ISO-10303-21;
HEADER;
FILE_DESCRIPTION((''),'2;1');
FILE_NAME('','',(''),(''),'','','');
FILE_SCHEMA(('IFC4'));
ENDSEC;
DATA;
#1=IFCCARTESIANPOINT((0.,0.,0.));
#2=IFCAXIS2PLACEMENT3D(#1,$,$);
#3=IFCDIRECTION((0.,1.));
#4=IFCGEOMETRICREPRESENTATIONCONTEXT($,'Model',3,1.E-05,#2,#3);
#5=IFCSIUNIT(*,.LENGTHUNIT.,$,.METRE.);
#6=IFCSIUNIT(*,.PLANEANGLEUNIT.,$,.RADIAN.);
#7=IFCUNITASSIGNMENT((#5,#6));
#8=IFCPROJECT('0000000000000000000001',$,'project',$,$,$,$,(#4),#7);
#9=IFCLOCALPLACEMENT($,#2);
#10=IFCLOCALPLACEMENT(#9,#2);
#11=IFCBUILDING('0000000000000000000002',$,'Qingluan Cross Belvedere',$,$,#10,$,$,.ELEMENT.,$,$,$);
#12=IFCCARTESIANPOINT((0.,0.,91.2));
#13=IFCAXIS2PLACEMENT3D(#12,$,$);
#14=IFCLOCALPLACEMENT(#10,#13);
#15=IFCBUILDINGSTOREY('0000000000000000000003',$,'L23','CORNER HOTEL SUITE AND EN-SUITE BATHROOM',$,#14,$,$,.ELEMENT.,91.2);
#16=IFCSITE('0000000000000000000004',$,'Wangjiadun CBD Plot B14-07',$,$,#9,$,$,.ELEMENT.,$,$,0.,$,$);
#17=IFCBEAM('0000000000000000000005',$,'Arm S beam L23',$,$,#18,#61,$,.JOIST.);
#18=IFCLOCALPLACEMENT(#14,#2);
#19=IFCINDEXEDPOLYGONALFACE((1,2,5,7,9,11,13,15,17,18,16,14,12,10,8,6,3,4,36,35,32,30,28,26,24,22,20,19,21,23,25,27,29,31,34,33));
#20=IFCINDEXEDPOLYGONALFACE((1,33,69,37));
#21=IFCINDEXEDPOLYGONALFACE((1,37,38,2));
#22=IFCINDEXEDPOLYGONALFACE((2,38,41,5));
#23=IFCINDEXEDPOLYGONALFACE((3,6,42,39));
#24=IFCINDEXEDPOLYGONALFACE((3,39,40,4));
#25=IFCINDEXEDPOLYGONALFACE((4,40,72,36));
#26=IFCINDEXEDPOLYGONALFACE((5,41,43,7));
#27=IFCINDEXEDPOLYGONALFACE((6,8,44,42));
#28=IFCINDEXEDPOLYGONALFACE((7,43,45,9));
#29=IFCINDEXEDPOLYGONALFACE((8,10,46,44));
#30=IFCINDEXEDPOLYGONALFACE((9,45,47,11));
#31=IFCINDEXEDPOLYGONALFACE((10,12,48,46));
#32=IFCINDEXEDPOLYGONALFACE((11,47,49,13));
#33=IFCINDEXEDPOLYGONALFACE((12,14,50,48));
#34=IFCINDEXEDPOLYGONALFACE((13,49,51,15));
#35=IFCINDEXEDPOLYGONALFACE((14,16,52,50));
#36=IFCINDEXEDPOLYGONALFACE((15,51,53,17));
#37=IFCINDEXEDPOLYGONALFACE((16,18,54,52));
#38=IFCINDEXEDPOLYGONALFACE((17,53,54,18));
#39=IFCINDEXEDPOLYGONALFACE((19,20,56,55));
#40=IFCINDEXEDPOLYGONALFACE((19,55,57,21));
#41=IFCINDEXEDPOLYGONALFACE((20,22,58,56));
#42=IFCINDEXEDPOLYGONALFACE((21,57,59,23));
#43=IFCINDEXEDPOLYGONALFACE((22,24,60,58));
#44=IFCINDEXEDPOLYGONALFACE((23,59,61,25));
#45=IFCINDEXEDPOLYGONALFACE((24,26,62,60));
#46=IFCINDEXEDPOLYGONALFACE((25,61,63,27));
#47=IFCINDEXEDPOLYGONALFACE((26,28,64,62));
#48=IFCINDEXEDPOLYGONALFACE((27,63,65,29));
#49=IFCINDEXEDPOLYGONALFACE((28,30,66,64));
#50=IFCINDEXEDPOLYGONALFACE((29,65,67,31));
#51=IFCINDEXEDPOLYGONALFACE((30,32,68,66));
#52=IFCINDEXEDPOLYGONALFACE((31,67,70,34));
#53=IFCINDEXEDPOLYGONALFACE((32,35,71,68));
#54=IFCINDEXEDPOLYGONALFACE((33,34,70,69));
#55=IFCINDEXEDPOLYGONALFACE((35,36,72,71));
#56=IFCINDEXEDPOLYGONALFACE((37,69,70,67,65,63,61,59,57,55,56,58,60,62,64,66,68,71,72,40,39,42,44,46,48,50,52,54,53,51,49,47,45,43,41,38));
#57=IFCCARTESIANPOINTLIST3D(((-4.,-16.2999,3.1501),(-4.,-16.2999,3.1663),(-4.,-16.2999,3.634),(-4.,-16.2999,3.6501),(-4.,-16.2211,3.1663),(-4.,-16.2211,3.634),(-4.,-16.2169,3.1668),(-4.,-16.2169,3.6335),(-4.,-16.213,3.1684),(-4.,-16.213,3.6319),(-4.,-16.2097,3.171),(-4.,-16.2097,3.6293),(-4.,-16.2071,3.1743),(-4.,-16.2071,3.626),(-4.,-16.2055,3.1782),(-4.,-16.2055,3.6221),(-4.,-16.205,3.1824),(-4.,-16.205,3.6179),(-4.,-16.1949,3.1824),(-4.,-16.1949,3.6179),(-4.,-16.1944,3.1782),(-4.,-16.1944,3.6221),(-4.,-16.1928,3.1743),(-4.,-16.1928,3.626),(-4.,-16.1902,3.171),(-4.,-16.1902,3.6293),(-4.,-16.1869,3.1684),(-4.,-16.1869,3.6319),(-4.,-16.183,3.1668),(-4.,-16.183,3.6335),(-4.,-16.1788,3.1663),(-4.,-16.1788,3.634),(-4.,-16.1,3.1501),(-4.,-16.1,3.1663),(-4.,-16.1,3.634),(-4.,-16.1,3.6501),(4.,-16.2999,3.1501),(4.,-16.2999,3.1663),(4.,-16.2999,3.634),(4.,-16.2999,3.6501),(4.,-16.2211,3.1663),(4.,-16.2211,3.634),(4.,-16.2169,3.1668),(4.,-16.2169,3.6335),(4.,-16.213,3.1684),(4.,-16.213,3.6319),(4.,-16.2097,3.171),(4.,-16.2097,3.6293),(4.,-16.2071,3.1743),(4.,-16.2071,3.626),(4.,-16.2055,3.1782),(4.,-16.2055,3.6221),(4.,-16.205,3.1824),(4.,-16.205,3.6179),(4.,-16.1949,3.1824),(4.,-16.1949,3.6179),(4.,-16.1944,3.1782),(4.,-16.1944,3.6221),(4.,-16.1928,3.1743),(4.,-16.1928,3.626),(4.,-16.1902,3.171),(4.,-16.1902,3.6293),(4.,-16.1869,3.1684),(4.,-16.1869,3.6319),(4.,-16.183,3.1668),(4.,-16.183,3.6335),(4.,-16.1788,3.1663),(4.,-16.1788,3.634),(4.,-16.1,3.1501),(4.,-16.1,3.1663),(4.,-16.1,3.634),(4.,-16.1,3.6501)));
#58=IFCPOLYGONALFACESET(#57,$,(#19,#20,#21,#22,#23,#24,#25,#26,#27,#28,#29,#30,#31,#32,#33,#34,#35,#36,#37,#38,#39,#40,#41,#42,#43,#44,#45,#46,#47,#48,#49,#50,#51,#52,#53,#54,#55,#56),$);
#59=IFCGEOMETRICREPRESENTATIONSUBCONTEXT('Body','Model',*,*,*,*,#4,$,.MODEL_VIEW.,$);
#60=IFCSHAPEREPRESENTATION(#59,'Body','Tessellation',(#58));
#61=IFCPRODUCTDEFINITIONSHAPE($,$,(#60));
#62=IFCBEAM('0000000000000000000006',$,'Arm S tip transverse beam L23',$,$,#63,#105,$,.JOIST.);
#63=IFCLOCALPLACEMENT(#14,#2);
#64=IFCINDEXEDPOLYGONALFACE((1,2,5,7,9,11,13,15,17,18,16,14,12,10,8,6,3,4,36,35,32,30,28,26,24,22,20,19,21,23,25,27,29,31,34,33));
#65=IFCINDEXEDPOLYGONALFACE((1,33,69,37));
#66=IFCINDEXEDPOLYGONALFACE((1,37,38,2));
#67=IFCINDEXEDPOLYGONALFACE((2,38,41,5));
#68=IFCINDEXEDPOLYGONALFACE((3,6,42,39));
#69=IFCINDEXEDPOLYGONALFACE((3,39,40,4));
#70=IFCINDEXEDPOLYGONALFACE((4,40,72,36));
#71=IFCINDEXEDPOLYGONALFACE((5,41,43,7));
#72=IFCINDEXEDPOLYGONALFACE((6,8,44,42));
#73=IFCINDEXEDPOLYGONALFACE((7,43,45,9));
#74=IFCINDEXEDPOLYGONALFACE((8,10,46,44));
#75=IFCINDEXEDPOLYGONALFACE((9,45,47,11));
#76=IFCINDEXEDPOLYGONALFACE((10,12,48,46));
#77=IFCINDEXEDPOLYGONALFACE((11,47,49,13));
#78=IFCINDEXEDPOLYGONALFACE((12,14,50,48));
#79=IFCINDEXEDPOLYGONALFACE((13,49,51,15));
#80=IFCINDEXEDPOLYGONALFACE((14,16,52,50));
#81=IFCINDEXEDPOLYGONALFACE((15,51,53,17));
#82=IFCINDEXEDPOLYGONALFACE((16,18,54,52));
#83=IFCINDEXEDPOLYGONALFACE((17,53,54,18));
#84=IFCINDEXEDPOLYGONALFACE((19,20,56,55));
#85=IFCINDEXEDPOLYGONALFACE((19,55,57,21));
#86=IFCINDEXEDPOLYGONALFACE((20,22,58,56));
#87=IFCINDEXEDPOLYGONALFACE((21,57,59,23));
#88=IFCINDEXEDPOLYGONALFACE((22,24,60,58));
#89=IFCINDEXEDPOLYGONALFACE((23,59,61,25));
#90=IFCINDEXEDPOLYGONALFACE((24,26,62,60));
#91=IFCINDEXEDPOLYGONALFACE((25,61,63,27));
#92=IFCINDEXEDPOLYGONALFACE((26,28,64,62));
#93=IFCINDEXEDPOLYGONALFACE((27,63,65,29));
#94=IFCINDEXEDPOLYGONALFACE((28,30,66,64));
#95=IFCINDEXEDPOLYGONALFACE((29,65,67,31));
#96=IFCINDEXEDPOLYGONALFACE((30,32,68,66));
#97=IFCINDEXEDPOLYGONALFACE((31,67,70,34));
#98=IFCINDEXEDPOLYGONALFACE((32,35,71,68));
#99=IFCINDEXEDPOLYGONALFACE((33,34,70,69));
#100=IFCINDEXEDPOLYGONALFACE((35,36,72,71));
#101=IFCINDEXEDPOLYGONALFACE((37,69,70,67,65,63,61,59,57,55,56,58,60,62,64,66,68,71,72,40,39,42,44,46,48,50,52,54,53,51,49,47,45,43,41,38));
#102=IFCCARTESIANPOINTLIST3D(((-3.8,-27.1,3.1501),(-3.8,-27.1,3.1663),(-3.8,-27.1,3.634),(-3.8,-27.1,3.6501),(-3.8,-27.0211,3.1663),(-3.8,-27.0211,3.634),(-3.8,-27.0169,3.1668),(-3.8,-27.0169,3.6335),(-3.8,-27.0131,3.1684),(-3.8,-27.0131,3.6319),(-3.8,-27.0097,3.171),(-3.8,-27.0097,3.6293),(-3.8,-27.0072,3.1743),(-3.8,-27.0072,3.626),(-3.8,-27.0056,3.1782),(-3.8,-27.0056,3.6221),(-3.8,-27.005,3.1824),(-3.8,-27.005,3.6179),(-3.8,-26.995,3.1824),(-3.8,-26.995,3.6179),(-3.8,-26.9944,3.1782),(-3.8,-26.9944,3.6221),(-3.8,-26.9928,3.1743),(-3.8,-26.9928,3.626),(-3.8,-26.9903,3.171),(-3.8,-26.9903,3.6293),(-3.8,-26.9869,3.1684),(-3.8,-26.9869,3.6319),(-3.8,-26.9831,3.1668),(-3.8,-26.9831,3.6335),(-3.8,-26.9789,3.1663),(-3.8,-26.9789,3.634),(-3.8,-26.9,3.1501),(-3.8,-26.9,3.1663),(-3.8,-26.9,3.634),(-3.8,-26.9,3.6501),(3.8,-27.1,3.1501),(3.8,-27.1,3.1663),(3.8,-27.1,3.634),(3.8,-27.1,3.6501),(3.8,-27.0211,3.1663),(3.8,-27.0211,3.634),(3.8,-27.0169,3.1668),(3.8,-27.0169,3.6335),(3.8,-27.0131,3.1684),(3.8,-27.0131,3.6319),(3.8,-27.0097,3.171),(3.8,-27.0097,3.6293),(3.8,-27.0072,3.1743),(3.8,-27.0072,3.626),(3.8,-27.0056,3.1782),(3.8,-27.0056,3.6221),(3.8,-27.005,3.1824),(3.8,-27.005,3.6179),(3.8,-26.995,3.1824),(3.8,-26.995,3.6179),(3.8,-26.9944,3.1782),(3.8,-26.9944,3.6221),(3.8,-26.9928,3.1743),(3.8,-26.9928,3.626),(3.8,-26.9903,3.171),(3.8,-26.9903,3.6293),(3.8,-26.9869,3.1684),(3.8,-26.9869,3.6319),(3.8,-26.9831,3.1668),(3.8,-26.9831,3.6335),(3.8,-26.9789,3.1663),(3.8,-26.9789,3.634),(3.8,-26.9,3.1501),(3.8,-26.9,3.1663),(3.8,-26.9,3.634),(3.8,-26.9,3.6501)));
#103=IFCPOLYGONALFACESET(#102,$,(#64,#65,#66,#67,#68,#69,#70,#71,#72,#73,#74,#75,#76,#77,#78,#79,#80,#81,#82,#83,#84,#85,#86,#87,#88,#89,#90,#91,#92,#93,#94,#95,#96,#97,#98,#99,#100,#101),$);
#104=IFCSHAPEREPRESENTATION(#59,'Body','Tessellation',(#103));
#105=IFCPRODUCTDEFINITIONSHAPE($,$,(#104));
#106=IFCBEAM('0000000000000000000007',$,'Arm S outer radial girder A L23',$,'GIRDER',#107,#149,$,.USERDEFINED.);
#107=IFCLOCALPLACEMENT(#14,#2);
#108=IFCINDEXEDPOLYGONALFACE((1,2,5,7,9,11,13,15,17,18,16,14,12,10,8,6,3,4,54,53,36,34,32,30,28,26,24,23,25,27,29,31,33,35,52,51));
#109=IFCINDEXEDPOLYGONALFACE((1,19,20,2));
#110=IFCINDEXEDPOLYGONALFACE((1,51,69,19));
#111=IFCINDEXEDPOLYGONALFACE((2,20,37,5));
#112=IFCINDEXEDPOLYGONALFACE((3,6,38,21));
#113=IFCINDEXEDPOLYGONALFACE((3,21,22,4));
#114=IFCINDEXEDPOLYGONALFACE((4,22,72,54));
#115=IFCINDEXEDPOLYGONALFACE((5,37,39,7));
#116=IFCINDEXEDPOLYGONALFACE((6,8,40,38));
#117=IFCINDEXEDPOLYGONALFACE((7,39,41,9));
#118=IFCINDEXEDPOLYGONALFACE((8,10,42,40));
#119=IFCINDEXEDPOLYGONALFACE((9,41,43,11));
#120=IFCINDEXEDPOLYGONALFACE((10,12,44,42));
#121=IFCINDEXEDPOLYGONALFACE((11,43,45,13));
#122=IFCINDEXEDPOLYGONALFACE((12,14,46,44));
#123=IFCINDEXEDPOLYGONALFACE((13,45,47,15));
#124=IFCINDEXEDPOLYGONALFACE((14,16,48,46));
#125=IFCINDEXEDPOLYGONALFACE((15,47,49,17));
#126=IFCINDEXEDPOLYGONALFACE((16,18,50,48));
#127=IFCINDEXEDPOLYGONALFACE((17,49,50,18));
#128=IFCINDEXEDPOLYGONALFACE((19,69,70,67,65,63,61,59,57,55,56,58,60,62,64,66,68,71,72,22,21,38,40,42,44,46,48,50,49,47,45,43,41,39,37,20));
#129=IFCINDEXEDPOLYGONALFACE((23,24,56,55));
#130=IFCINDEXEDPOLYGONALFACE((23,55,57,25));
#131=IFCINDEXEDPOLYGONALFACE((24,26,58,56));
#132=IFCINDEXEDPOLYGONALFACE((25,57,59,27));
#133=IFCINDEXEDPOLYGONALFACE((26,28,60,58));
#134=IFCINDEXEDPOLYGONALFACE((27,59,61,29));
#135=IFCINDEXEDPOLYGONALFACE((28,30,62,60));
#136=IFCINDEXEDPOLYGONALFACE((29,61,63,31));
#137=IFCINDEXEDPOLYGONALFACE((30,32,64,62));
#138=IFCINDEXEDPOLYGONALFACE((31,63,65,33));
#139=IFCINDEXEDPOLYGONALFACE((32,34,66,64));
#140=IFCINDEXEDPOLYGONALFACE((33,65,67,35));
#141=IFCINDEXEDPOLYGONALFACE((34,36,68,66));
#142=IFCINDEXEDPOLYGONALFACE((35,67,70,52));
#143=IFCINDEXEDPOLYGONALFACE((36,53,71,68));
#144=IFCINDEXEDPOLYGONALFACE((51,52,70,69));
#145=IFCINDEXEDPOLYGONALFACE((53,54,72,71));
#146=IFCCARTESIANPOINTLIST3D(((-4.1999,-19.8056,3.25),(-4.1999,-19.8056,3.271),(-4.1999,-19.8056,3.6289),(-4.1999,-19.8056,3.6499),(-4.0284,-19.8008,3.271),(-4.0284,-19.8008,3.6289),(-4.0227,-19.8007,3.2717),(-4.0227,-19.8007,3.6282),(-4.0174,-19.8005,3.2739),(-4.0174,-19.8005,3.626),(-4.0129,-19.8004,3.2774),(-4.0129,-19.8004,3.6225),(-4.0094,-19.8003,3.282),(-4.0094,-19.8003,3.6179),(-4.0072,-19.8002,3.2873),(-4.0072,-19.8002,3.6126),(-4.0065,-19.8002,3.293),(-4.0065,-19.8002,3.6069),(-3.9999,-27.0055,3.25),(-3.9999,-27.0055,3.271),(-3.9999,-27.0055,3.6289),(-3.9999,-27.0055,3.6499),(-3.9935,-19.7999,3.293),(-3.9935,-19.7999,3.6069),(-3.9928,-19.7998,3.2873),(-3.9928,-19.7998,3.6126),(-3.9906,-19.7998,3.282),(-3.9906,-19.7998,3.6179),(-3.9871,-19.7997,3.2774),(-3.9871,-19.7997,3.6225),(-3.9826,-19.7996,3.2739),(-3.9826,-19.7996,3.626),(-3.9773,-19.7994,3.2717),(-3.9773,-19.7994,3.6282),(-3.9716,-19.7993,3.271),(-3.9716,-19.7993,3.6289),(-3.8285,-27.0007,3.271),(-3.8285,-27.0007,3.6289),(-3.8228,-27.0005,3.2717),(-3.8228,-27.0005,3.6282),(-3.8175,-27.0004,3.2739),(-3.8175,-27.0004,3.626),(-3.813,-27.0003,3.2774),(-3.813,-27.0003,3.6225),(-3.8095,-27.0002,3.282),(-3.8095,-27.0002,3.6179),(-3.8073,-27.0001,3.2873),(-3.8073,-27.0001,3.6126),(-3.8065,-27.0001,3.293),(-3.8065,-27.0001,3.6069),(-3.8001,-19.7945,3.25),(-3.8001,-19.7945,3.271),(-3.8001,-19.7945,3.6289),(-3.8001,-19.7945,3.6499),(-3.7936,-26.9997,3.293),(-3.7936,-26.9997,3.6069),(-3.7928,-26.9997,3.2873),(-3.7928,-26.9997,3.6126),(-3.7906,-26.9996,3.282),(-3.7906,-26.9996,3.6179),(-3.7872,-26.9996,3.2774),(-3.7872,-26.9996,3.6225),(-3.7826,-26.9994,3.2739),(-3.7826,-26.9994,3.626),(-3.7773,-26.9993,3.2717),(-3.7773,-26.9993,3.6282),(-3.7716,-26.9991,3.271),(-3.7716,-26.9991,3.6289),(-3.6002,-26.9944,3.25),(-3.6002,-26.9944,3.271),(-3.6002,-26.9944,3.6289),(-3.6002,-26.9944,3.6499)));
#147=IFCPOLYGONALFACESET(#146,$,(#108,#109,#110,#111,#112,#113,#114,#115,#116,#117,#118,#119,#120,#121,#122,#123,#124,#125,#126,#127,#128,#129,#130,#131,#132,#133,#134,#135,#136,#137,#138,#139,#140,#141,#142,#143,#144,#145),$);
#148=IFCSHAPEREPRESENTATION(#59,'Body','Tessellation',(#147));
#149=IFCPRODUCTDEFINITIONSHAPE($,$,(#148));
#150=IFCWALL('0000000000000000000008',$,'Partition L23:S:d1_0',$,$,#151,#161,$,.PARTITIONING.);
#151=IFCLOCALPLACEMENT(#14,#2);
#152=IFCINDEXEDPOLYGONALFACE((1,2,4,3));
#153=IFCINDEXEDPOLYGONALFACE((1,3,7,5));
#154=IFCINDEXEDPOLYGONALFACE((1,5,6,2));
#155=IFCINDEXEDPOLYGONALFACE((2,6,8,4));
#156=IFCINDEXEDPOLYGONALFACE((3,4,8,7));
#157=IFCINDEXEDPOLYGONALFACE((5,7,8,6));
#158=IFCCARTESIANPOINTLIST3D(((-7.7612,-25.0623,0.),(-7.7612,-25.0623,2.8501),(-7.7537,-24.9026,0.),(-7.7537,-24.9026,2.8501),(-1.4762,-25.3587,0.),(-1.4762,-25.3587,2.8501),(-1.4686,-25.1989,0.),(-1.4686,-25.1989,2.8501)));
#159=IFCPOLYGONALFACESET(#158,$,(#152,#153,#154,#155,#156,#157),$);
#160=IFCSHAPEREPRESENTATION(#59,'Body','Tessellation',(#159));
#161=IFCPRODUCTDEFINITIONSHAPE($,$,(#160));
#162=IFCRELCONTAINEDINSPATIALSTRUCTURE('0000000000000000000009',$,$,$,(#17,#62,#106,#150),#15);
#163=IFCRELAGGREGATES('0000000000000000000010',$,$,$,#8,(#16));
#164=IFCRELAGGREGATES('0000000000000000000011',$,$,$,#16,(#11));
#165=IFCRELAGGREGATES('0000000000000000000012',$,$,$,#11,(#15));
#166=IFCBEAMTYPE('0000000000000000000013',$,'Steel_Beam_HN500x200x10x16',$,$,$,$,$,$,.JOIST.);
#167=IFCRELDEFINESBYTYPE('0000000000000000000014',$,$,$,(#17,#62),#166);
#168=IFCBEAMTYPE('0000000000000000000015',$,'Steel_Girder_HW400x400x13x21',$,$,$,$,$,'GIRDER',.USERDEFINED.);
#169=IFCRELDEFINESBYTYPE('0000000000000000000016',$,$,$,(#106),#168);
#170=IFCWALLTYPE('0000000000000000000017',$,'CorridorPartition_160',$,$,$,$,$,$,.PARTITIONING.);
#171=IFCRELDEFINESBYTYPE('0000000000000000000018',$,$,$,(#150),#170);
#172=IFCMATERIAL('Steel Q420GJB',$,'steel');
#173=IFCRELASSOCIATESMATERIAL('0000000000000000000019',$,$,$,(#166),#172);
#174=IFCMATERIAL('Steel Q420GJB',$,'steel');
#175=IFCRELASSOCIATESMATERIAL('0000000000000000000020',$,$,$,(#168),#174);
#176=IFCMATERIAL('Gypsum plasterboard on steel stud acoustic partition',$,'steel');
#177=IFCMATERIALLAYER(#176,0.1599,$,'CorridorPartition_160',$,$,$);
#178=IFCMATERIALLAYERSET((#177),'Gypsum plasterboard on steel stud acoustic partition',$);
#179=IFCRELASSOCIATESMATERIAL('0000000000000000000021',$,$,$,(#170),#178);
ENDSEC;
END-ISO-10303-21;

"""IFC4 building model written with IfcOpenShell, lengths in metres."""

from ifc_helpers import new_model, si_unit, direction, frame, frame_2d, origin, origin_2d, place, context, subcontext, project, spatial, rectangle, i_section, extrude, material, layer, layer_set, material_profile, profile_set, type_object, element, save


model = new_model("IFC4")

# Units and contexts
model_context = context("Model", 3, precision=1e-05, world=origin(), true_north=direction((0.0, 1.0)))
body_context = subcontext(model_context, "Body", "Model", "MODEL_VIEW")
ifc_project = project(units=[si_unit("LENGTHUNIT", "METRE"), si_unit("PLANEANGLEUNIT", "RADIAN")], contexts=[model_context])

# Site, building, storey
site_placement = place(None, origin())
site = spatial("IfcSite", under=ifc_project, at=site_placement, Name="Wangjiadun CBD Plot B14-07", CompositionType="ELEMENT", RefElevation=0.0)
building_placement = place(site_placement, origin())
building = spatial("IfcBuilding", under=site, at=building_placement, Name="Qingluan Cross Belvedere", CompositionType="ELEMENT")
storey_placement = place(building_placement, frame((0.0, 0.0, 91.2)))
storey = spatial("IfcBuildingStorey", under=building, at=storey_placement, Name="L23", Description="CORNER HOTEL SUITE AND EN-SUITE BATHROOM", CompositionType="ELEMENT", Elevation=91.2)

# Beams
ifc_material_1 = material(Name="Steel Q420GJB", Category="steel")
ifc_material_profile_1 = material_profile(ifc_material_1, i_section(OverallWidth=0.2, OverallDepth=0.5, WebThickness=0.01, FlangeThickness=0.0161, FilletRadius=0.0161, at=origin_2d()), Name="HN500x200x10x16")
ifc_profile_set_1 = profile_set([ifc_material_profile_1], Name="Steel Q420GJB")
beam_type_1 = type_object("IfcBeamType", Name="Steel_Beam_HN500x200x10x16", PredefinedType="JOIST", material=ifc_profile_set_1)
for number, where, z_axis, x_axis, name in (
    (1, (-4.0, -16.2, 3.4001), (1.0, 0.0, 0.0), (0.0, 1.0, 0.0), "Arm S beam L23"),
):
    element("IfcBeam", number, at=place(storey_placement, frame(where, z_axis=z_axis, x_axis=x_axis)), inside=storey, type_object=beam_type_1, Name=name, PredefinedType="JOIST", context=body_context, shape_type="SweptSolid", body=[
        extrude(i_section(OverallWidth=0.2, OverallDepth=0.5, WebThickness=0.01, FlangeThickness=0.0161, FilletRadius=0.0161, at=origin_2d()), origin(), (0.0, 0.0, 1.0), 8.0),
    ])
beam_1_placement = place(storey_placement, frame((-3.8, -27.0, 3.4001), z_axis=(1.0, 0.0, 0.0), x_axis=(0.0, 1.0, 0.0)))
element("IfcBeam", 2, at=beam_1_placement, inside=storey, type_object=beam_type_1, Name="Arm S tip transverse beam L23", PredefinedType="JOIST", context=body_context, shape_type="SweptSolid", body=[
    extrude(i_section(OverallWidth=0.2, OverallDepth=0.5, WebThickness=0.01, FlangeThickness=0.0161, FilletRadius=0.0161, at=origin_2d()), origin(), (0.0, 0.0, 1.0), 7.6001),
])
ifc_material_2 = material(Name="Steel Q420GJB", Category="steel")
ifc_material_profile_2 = material_profile(ifc_material_2, i_section(OverallWidth=0.3999, OverallDepth=0.3999, WebThickness=0.0129, FlangeThickness=0.021, FilletRadius=0.022, at=origin_2d()), Name="HW400x400x13x21")
ifc_profile_set_2 = profile_set([ifc_material_profile_2], Name="Steel Q420GJB")
beam_type_2 = type_object("IfcBeamType", Name="Steel_Girder_HW400x400x13x21", ElementType="GIRDER", PredefinedType="USERDEFINED", material=ifc_profile_set_2)
beam_2_placement = place(storey_placement, frame((-4.0, -19.8, 3.45), z_axis=(0.02776, -0.999615, 0.0), x_axis=(0.999615, 0.02776, 0.0)))
element("IfcBeam", 3, at=beam_2_placement, inside=storey, type_object=beam_type_2, Name="Arm S outer radial girder A L23", ObjectType="GIRDER", PredefinedType="USERDEFINED", context=body_context, shape_type="SweptSolid", body=[
    extrude(i_section(OverallWidth=0.3999, OverallDepth=0.3999, WebThickness=0.0129, FlangeThickness=0.021, FilletRadius=0.022, at=origin_2d()), origin(), (0.0, 0.0, 1.0), 7.2026),
])

# Wall
ifc_material_3 = material(Name="Gypsum plasterboard on steel stud acoustic partition", Category="steel")
ifc_layer_1 = layer(ifc_material_3, 0.1599, Name="CorridorPartition_160")
ifc_layer_set_1 = layer_set([ifc_layer_1], Name="Gypsum plasterboard on steel stud acoustic partition")
wall_type_1 = type_object("IfcWallType", Name="CorridorPartition_160", PredefinedType="PARTITIONING", material=ifc_layer_set_1)
wall_1_placement = place(storey_placement, frame((-1.4724, -25.2788, 0.0), z_axis=(0.0, 0.0, 1.0), x_axis=(-0.99889, 0.047106, 0.0)))
element("IfcWall", 4, at=wall_1_placement, inside=storey, type_object=wall_type_1, Name="Partition L23:S:d1_0", PredefinedType="PARTITIONING", context=body_context, shape_type="SweptSolid", body=[
    extrude(rectangle(XDim=6.292, YDim=0.1599, at=frame_2d((3.146, 0.0))), origin(), (0.0, 0.0, 1.0), 2.8501),
])

save(model, "model.ifc")
